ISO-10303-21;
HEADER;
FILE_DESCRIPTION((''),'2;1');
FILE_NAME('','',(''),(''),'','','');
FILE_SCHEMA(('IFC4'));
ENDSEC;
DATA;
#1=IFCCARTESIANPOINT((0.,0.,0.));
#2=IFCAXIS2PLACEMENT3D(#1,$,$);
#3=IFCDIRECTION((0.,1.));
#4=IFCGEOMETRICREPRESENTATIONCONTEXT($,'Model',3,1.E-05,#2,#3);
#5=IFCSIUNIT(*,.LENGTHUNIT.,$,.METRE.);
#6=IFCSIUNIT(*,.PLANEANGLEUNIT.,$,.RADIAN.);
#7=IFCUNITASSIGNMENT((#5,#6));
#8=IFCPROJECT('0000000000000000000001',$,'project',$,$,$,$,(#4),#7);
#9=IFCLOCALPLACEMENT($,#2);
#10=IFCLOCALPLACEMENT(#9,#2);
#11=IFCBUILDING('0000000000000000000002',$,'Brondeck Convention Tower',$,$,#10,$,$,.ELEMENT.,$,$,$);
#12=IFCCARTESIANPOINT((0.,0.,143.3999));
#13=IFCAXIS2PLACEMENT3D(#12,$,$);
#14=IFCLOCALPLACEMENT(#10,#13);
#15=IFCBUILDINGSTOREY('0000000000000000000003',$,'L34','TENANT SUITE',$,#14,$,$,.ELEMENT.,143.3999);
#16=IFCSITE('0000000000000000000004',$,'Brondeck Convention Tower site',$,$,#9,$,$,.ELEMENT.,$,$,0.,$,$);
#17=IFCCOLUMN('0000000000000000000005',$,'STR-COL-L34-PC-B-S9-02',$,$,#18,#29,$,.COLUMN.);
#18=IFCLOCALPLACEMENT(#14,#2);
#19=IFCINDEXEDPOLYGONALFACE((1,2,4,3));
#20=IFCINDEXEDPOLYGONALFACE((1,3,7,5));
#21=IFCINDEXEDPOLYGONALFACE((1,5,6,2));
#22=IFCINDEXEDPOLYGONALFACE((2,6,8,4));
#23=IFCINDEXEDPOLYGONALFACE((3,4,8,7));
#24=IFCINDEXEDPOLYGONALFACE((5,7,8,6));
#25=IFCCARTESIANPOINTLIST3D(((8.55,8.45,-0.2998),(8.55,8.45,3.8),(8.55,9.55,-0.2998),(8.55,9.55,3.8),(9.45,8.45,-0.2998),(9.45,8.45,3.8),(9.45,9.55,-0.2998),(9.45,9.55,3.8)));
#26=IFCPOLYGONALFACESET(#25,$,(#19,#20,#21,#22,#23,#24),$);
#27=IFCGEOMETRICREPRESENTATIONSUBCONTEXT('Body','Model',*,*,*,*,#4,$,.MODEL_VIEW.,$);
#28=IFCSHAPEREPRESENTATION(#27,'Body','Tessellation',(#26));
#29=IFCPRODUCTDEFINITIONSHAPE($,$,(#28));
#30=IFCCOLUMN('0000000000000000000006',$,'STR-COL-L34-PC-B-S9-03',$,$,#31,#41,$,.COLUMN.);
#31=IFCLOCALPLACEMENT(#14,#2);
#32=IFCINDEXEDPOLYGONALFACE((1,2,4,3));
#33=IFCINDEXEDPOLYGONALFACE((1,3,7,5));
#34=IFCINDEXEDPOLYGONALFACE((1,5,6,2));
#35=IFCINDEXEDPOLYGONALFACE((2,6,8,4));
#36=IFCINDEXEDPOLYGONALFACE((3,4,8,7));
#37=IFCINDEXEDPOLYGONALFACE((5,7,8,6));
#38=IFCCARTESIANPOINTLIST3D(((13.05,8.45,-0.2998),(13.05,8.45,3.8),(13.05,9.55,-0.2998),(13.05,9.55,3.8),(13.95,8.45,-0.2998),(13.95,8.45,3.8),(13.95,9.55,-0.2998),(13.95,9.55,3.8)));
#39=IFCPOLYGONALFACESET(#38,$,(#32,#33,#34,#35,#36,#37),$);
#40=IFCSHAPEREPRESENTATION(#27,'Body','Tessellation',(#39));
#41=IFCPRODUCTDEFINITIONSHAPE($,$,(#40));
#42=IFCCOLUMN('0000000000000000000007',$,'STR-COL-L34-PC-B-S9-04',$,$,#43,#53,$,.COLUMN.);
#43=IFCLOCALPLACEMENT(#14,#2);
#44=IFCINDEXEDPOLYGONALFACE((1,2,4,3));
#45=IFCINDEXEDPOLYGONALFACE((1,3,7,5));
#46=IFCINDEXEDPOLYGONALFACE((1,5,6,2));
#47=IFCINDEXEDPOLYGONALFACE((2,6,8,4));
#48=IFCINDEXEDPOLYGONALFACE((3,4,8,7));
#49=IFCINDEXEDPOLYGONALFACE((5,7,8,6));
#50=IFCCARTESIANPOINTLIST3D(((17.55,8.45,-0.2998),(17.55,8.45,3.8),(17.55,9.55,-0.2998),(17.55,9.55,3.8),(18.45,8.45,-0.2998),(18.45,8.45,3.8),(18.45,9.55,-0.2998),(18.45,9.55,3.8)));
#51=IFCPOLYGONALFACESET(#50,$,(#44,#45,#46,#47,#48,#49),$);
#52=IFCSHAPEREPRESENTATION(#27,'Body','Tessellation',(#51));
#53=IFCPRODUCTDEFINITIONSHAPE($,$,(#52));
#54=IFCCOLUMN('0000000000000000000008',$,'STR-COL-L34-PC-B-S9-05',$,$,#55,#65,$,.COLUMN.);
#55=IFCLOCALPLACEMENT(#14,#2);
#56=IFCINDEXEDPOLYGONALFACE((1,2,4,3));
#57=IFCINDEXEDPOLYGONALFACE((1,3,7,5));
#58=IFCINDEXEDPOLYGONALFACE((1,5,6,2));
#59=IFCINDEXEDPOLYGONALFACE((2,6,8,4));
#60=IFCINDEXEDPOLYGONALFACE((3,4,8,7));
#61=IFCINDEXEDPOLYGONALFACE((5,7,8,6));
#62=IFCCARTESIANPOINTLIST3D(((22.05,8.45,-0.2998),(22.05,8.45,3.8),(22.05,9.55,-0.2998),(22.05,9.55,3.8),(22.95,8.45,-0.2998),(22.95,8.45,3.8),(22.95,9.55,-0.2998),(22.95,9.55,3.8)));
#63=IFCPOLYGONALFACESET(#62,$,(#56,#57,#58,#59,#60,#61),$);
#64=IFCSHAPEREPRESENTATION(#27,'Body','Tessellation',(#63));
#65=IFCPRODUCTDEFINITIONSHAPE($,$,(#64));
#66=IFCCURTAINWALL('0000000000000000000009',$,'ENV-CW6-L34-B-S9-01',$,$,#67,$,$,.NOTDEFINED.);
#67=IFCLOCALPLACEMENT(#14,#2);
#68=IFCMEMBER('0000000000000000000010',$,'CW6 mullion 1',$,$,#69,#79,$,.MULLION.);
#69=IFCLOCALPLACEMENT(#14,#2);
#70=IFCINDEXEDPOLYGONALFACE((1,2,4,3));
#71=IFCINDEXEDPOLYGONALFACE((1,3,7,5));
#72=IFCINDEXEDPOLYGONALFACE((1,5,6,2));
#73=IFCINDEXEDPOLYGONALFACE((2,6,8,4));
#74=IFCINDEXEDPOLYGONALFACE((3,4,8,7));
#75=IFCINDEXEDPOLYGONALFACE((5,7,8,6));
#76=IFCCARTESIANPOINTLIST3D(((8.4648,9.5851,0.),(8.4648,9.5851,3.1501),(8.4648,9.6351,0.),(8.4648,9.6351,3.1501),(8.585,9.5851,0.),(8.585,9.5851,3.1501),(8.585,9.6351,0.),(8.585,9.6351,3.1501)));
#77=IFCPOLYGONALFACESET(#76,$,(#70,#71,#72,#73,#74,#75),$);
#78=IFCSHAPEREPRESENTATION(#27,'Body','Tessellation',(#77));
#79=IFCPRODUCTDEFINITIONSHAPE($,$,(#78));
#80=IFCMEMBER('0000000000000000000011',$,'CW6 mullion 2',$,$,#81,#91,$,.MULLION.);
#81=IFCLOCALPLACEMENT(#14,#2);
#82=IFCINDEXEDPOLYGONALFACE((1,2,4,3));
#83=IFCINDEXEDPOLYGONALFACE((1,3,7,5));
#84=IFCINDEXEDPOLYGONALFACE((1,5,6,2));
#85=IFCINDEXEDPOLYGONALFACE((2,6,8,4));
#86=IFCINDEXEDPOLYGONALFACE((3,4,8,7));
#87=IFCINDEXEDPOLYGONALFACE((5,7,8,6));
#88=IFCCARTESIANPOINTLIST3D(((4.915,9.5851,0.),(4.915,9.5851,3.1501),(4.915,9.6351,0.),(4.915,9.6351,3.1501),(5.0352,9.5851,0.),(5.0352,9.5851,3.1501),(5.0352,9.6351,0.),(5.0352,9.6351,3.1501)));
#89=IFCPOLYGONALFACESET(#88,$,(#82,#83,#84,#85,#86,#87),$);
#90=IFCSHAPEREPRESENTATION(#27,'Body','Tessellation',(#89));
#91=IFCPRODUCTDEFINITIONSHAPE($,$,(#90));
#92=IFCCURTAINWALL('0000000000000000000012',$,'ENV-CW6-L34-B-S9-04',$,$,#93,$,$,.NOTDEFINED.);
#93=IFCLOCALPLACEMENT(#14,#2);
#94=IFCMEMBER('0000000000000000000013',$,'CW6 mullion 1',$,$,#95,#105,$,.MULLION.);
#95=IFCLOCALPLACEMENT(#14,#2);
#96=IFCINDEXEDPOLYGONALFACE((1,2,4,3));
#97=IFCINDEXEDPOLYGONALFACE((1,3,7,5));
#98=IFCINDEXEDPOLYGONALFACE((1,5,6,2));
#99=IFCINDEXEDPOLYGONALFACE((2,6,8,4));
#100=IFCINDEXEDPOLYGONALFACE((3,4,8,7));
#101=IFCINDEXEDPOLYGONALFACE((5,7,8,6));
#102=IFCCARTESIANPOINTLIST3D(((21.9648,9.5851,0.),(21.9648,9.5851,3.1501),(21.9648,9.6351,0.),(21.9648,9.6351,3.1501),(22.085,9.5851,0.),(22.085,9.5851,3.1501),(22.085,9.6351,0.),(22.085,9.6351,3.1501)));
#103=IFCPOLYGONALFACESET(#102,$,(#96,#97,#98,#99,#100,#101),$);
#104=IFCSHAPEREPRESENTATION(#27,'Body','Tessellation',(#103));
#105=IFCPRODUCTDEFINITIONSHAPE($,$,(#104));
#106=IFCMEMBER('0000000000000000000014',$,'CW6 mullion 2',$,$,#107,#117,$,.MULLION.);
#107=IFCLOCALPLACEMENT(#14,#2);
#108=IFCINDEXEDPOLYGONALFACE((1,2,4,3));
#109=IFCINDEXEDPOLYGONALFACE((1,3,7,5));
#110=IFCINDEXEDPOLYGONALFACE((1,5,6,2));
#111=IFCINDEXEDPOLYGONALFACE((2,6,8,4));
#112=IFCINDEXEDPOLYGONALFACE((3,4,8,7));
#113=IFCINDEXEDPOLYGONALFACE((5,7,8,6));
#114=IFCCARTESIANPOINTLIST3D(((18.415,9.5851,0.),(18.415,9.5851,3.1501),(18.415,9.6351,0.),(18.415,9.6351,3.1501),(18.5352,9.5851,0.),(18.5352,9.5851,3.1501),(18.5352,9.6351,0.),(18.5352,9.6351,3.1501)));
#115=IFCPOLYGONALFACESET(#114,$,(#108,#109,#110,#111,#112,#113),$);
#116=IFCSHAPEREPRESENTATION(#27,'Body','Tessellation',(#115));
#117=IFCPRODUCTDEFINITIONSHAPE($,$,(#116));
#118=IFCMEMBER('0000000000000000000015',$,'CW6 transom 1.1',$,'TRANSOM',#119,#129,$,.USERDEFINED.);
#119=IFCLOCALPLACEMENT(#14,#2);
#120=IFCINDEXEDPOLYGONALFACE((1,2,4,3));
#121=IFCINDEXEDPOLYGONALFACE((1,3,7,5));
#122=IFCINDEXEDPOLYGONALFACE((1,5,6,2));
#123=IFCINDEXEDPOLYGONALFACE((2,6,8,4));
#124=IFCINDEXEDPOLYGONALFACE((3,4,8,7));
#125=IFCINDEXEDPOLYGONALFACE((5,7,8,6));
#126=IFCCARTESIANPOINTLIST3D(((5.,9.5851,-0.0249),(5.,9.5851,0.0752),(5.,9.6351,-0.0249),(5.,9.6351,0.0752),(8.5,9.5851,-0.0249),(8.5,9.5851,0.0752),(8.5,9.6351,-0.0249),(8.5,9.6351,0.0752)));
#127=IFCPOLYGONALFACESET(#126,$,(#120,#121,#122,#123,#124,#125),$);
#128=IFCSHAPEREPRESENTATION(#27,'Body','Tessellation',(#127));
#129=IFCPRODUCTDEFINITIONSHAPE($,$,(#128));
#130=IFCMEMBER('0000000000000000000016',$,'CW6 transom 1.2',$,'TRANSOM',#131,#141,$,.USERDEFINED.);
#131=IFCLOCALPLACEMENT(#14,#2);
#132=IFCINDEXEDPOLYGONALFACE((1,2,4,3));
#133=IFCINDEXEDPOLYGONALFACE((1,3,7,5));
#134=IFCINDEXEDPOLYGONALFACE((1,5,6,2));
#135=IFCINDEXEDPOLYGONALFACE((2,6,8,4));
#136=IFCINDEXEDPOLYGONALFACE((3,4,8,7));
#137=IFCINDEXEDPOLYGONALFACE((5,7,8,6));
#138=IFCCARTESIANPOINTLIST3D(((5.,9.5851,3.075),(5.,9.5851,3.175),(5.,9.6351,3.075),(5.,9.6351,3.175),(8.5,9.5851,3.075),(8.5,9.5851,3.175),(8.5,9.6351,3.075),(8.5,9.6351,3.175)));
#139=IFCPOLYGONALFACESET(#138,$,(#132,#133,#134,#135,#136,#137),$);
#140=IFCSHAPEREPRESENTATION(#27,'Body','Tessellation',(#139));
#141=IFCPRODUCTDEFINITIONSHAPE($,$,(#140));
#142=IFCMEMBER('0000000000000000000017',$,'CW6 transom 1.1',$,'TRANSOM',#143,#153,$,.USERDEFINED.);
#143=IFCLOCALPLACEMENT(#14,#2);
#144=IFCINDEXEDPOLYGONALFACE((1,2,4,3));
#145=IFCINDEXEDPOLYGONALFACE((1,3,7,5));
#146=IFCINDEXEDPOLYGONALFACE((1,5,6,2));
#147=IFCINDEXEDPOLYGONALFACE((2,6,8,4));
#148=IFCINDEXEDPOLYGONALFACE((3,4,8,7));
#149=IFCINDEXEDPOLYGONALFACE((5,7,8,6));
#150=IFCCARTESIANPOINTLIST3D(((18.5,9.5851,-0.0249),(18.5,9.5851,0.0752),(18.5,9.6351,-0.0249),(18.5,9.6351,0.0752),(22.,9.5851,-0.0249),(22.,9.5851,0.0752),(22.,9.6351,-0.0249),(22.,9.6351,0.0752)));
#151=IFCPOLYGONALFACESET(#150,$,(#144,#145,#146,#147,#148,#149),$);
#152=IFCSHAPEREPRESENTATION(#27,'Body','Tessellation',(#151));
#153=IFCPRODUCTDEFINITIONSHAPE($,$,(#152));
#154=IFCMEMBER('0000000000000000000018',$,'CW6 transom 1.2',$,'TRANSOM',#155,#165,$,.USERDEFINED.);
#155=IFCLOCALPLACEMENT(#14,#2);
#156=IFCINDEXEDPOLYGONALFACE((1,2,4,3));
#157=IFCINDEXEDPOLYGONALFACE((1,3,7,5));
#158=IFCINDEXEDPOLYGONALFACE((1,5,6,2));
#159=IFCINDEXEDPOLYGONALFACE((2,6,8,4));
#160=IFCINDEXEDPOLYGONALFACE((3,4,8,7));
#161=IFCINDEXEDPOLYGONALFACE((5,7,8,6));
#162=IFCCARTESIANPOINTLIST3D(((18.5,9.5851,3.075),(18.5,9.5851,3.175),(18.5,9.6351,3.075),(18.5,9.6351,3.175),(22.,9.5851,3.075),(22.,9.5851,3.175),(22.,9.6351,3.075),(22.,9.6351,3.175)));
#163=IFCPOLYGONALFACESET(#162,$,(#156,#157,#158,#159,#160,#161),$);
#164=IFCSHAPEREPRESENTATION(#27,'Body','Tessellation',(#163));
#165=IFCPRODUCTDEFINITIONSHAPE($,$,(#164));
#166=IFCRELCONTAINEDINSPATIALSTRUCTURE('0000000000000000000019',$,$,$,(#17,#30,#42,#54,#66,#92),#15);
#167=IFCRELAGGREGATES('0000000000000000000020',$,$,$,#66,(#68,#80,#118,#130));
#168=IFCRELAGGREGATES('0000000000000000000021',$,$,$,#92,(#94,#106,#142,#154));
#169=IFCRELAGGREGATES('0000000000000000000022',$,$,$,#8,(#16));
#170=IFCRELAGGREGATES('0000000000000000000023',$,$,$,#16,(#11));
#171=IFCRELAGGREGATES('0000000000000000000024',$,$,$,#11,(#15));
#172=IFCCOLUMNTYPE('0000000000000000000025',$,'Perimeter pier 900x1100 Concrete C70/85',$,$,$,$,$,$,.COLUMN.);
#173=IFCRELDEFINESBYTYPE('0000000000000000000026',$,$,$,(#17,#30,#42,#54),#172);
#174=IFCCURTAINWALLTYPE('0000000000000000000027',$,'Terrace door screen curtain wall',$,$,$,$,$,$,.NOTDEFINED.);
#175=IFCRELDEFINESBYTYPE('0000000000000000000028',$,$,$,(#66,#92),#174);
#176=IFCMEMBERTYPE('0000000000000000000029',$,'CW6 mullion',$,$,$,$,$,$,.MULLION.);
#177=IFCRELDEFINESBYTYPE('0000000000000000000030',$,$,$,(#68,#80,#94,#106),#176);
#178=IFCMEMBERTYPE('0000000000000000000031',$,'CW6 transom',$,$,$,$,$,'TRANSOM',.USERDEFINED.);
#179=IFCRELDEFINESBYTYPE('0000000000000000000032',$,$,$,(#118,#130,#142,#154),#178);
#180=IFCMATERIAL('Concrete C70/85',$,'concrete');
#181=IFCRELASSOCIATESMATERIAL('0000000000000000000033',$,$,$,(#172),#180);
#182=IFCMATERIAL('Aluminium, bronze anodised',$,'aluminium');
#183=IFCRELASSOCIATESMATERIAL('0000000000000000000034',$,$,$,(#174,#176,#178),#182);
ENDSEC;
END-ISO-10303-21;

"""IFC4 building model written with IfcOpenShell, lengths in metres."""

from ifc_helpers import new_model, si_unit, direction, frame, origin, origin_2d, place, context, subcontext, project, spatial, rectangle, extrude, material, material_profile, profile_set, type_object, element, aggregate, save


model = new_model("IFC4")

# Units and contexts
model_context = context("Model", 3, precision=1e-05, world=origin(), true_north=direction((0.0, 1.0)))
body_context = subcontext(model_context, "Body", "Model", "MODEL_VIEW")
ifc_project = project(units=[si_unit("LENGTHUNIT", "METRE"), si_unit("PLANEANGLEUNIT", "RADIAN")], contexts=[model_context])

# Site, building, storey
site_placement = place(None, origin())
site = spatial("IfcSite", under=ifc_project, at=site_placement, Name="Brondeck Convention Tower site", CompositionType="ELEMENT", RefElevation=0.0)
building_placement = place(site_placement, origin())
building = spatial("IfcBuilding", under=site, at=building_placement, Name="Brondeck Convention Tower", CompositionType="ELEMENT")
storey_placement = place(building_placement, frame((0.0, 0.0, 143.3999)))
storey = spatial("IfcBuildingStorey", under=building, at=storey_placement, Name="L34", Description="TENANT SUITE", CompositionType="ELEMENT", Elevation=143.3999)

# Columns
ifc_material_1 = material(Name="Concrete C70/85", Category="concrete")
ifc_material_profile_1 = material_profile(ifc_material_1, rectangle(XDim=0.8999, YDim=1.1001, at=origin_2d()), Name="Perimeter pier 900x1100 Concrete C70/85")
ifc_profile_set_1 = profile_set([ifc_material_profile_1], Name="Concrete C70/85")
column_type = type_object("IfcColumnType", Name="Perimeter pier 900x1100 Concrete C70/85", PredefinedType="COLUMN", material=ifc_profile_set_1)
for number, where, z_axis, x_axis, name in (
    (1, (9.0, 9.0, -0.2998), (0.0, 0.0, 1.0), (1.0, 0.0, 0.0), "STR-COL-L34-PC-B-S9-02"),
    (2, (13.5, 9.0, -0.2998), (0.0, 0.0, 1.0), (1.0, 0.0, 0.0), "STR-COL-L34-PC-B-S9-03"),
    (3, (18.0, 9.0, -0.2998), (0.0, 0.0, 1.0), (1.0, 0.0, 0.0), "STR-COL-L34-PC-B-S9-04"),
    (4, (22.5, 9.0, -0.2998), (0.0, 0.0, 1.0), (1.0, 0.0, 0.0), "STR-COL-L34-PC-B-S9-05"),
):
    element("IfcColumn", number, at=place(storey_placement, frame(where, z_axis=z_axis, x_axis=x_axis)), inside=storey, type_object=column_type, Name=name, PredefinedType="COLUMN", context=body_context, shape_type="SweptSolid", body=[
        extrude(rectangle(XDim=0.8999, YDim=1.1001, at=origin_2d()), origin(), (0.0, 0.0, 1.0), 4.0999),
    ])

# Curtain walls, members
ifc_material_2 = material(Name="Aluminium, bronze anodised", Category="aluminium")
curtain_wall_type = type_object("IfcCurtainWallType", Name="Terrace door screen curtain wall", PredefinedType="NOTDEFINED", material=ifc_material_2)
curtain_wall_1_placement = place(storey_placement, origin())
curtain_wall_1 = element("IfcCurtainWall", 5, at=curtain_wall_1_placement, inside=storey, type_object=curtain_wall_type, Name="ENV-CW6-L34-B-S9-01", PredefinedType="NOTDEFINED")
ifc_material_profile_2 = material_profile(ifc_material_2, rectangle(XDim=0.05, YDim=0.1201, at=origin_2d()), Name="CW6 mullion")
ifc_profile_set_2 = profile_set([ifc_material_profile_2], Name="Aluminium, bronze anodised")
member_type_1 = type_object("IfcMemberType", Name="CW6 mullion", PredefinedType="MULLION", material=ifc_profile_set_2)
member_1_placement = place(storey_placement, frame((8.5249, 9.6101, 0.0), z_axis=(0.0, 0.0, 1.0), x_axis=(0.0, -1.0, 0.0)))
member_1 = element("IfcMember", 6, at=member_1_placement, type_object=member_type_1, Name="CW6 mullion 1", PredefinedType="MULLION", context=body_context, shape_type="SweptSolid", body=[
    extrude(rectangle(XDim=0.05, YDim=0.1201, at=origin_2d()), origin(), (0.0, 0.0, 1.0), 3.1501),
])
member_2_placement = place(storey_placement, frame((4.9751, 9.6101, 0.0), z_axis=(0.0, 0.0, 1.0), x_axis=(0.0, -1.0, 0.0)))
member_2 = element("IfcMember", 7, at=member_2_placement, type_object=member_type_1, Name="CW6 mullion 2", PredefinedType="MULLION", context=body_context, shape_type="SweptSolid", body=[
    extrude(rectangle(XDim=0.05, YDim=0.1201, at=origin_2d()), origin(), (0.0, 0.0, 1.0), 3.1501),
])
curtain_wall_2_placement = place(storey_placement, origin())
curtain_wall_2 = element("IfcCurtainWall", 8, at=curtain_wall_2_placement, inside=storey, type_object=curtain_wall_type, Name="ENV-CW6-L34-B-S9-04", PredefinedType="NOTDEFINED")
member_3_placement = place(storey_placement, frame((22.0249, 9.6101, 0.0), z_axis=(0.0, 0.0, 1.0), x_axis=(0.0, -1.0, 0.0)))
member_3 = element("IfcMember", 9, at=member_3_placement, type_object=member_type_1, Name="CW6 mullion 1", PredefinedType="MULLION", context=body_context, shape_type="SweptSolid", body=[
    extrude(rectangle(XDim=0.05, YDim=0.1201, at=origin_2d()), origin(), (0.0, 0.0, 1.0), 3.1501),
])
member_4_placement = place(storey_placement, frame((18.4751, 9.6101, 0.0), z_axis=(0.0, 0.0, 1.0), x_axis=(0.0, -1.0, 0.0)))
member_4 = element("IfcMember", 10, at=member_4_placement, type_object=member_type_1, Name="CW6 mullion 2", PredefinedType="MULLION", context=body_context, shape_type="SweptSolid", body=[
    extrude(rectangle(XDim=0.05, YDim=0.1201, at=origin_2d()), origin(), (0.0, 0.0, 1.0), 3.1501),
])

# Members
ifc_material_profile_3 = material_profile(ifc_material_2, rectangle(XDim=0.05, YDim=0.1001, at=origin_2d()), Name="CW6 transom")
ifc_profile_set_3 = profile_set([ifc_material_profile_3], Name="Aluminium, bronze anodised")
member_type_2 = type_object("IfcMemberType", Name="CW6 transom", ElementType="TRANSOM", PredefinedType="USERDEFINED", material=ifc_profile_set_3)
member_5_placement = place(storey_placement, frame((8.5, 9.6101, 0.0251), z_axis=(-1.0, 0.0, 0.0), x_axis=(0.0, -1.0, 0.0)))
member_5 = element("IfcMember", 11, at=member_5_placement, type_object=member_type_2, Name="CW6 transom 1.1", ObjectType="TRANSOM", PredefinedType="USERDEFINED", context=body_context, shape_type="SweptSolid", body=[
    extrude(rectangle(XDim=0.05, YDim=0.1001, at=origin_2d()), origin(), (0.0, 0.0, 1.0), 3.5),
])
member_6_placement = place(storey_placement, frame((8.5, 9.6101, 3.125), z_axis=(-1.0, 0.0, 0.0), x_axis=(0.0, -1.0, 0.0)))
member_6 = element("IfcMember", 12, at=member_6_placement, type_object=member_type_2, Name="CW6 transom 1.2", ObjectType="TRANSOM", PredefinedType="USERDEFINED", context=body_context, shape_type="SweptSolid", body=[
    extrude(rectangle(XDim=0.05, YDim=0.1001, at=origin_2d()), origin(), (0.0, 0.0, 1.0), 3.5),
])
member_7_placement = place(storey_placement, frame((22.0, 9.6101, 0.0251), z_axis=(-1.0, 0.0, 0.0), x_axis=(0.0, -1.0, 0.0)))
member_7 = element("IfcMember", 13, at=member_7_placement, type_object=member_type_2, Name="CW6 transom 1.1", ObjectType="TRANSOM", PredefinedType="USERDEFINED", context=body_context, shape_type="SweptSolid", body=[
    extrude(rectangle(XDim=0.05, YDim=0.1001, at=origin_2d()), origin(), (0.0, 0.0, 1.0), 3.5),
])
member_8_placement = place(storey_placement, frame((22.0, 9.6101, 3.125), z_axis=(-1.0, 0.0, 0.0), x_axis=(0.0, -1.0, 0.0)))
member_8 = element("IfcMember", 14, at=member_8_placement, type_object=member_type_2, Name="CW6 transom 1.2", ObjectType="TRANSOM", PredefinedType="USERDEFINED", context=body_context, shape_type="SweptSolid", body=[
    extrude(rectangle(XDim=0.05, YDim=0.1001, at=origin_2d()), origin(), (0.0, 0.0, 1.0), 3.5),
])

aggregate(curtain_wall_1, [member_1, member_2, member_5, member_6])
aggregate(curtain_wall_2, [member_3, member_4, member_7, member_8])

save(model, "model.ifc")
